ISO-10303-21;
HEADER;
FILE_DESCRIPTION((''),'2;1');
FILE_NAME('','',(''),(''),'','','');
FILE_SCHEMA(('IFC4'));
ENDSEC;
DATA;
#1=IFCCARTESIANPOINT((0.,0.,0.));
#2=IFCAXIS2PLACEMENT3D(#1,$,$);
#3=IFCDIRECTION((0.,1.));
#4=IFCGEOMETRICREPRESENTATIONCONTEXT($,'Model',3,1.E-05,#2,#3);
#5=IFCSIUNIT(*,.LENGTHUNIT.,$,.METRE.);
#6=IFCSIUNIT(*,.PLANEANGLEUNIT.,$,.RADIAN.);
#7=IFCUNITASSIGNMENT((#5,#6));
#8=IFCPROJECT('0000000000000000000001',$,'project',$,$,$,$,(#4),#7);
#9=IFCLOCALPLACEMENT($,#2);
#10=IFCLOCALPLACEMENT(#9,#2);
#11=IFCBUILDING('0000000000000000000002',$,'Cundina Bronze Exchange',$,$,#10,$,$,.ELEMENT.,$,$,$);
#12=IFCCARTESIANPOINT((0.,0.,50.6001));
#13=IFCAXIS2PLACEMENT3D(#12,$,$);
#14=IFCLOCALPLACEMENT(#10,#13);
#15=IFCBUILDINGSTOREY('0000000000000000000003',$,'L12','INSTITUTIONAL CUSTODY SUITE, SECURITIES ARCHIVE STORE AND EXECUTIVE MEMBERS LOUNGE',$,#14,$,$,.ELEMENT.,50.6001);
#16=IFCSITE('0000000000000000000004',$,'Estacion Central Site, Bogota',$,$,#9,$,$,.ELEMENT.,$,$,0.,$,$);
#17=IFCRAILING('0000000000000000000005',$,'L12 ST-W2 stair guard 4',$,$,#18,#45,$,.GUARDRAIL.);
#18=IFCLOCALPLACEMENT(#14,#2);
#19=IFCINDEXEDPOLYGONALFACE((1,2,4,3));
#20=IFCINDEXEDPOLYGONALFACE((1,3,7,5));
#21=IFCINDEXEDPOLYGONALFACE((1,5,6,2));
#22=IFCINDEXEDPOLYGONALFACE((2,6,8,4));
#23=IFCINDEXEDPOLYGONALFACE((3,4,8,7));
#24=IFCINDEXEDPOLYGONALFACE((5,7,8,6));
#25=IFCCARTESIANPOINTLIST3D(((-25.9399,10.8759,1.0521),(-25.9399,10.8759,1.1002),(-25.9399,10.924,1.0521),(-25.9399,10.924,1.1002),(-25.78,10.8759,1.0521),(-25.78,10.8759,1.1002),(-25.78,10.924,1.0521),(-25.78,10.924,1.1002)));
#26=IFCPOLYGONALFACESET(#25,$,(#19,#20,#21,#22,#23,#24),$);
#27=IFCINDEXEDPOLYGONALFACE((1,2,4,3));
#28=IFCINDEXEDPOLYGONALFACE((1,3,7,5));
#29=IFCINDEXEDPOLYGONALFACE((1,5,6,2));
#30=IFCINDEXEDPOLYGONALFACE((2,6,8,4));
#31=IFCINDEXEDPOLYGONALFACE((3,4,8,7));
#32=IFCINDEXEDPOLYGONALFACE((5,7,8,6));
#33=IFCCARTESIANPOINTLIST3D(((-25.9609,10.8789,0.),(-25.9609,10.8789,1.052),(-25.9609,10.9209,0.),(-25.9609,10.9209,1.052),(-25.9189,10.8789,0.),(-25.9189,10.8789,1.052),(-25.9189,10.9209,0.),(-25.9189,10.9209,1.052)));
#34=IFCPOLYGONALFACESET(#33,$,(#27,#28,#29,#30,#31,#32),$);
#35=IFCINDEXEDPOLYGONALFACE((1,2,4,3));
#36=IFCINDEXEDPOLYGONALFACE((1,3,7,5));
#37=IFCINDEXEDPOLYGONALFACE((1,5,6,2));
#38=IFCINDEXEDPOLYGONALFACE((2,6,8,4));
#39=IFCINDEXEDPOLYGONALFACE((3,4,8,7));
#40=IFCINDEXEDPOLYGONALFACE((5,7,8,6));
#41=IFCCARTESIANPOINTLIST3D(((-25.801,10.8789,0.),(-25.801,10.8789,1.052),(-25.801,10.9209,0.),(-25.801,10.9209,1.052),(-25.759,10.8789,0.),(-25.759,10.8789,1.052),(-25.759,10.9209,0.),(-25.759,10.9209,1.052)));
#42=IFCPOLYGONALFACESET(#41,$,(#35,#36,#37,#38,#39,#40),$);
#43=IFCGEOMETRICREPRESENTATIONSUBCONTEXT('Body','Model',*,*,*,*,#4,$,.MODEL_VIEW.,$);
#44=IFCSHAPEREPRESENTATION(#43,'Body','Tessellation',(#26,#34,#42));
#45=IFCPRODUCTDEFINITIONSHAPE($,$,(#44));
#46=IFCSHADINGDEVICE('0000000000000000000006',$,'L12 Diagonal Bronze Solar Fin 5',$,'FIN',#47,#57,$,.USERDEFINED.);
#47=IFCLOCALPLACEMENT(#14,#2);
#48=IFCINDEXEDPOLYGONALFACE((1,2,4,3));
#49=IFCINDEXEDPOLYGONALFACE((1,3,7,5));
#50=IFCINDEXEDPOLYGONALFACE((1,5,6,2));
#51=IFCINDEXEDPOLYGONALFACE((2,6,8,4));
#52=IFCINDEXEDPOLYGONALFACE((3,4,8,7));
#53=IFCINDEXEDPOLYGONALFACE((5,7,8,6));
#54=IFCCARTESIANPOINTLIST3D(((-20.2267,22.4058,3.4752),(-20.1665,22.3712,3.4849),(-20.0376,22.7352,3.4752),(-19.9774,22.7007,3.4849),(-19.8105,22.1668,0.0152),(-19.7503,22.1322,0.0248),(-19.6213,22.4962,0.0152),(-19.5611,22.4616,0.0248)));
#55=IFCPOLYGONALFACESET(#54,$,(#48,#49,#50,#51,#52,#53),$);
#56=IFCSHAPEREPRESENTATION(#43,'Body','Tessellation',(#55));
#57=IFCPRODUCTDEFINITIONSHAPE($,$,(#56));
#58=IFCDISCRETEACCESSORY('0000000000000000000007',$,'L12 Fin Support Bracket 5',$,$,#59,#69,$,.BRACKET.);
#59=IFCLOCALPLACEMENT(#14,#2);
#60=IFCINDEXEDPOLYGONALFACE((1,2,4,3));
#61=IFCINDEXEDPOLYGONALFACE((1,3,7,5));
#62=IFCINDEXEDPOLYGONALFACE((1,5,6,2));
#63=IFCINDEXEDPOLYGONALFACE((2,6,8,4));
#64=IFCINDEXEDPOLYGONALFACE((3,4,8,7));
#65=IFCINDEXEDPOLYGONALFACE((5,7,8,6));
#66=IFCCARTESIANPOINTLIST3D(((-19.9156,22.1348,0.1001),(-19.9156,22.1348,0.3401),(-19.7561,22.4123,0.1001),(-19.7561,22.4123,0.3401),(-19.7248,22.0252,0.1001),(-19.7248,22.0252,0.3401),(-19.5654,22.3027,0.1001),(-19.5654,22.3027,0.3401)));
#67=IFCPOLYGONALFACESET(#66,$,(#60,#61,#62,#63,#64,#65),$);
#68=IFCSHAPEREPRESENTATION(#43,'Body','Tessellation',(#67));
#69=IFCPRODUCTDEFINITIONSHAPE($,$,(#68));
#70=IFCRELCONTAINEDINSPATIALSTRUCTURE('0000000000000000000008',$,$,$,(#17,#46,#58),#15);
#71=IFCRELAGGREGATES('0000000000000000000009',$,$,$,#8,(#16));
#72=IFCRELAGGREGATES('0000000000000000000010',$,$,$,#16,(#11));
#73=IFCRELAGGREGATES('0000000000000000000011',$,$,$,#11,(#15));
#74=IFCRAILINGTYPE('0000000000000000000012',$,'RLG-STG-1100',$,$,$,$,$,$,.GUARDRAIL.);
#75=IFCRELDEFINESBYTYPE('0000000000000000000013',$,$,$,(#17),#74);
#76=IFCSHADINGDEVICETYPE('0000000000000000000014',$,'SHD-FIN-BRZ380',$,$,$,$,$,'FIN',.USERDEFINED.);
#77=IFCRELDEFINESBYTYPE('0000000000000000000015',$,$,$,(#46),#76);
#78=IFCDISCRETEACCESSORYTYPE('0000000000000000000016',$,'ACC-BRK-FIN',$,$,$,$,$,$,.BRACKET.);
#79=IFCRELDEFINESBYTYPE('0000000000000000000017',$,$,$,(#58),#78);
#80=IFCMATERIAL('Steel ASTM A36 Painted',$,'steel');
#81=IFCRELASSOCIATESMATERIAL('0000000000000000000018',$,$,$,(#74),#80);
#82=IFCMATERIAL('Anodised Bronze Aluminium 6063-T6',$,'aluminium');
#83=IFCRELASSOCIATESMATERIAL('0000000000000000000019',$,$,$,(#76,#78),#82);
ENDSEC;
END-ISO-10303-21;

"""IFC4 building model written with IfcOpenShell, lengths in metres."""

from ifc_helpers import new_model, si_unit, direction, frame, origin, origin_2d, place, context, subcontext, project, spatial, rectangle, extrude, material, material_profile, profile_set, type_object, element, save


model = new_model("IFC4")

# Units and contexts
model_context = context("Model", 3, precision=1e-05, world=origin(), true_north=direction((0.0, 1.0)))
body_context = subcontext(model_context, "Body", "Model", "MODEL_VIEW")
ifc_project = project(units=[si_unit("LENGTHUNIT", "METRE"), si_unit("PLANEANGLEUNIT", "RADIAN")], contexts=[model_context])

# Site, building, storey
site_placement = place(None, origin())
site = spatial("IfcSite", under=ifc_project, at=site_placement, Name="Estacion Central Site, Bogota", CompositionType="ELEMENT", RefElevation=0.0)
building_placement = place(site_placement, origin())
building = spatial("IfcBuilding", under=site, at=building_placement, Name="Cundina Bronze Exchange", CompositionType="ELEMENT")
storey_placement = place(building_placement, frame((0.0, 0.0, 50.6001)))
storey = spatial("IfcBuildingStorey", under=building, at=storey_placement, Name="L12", Description="INSTITUTIONAL CUSTODY SUITE, SECURITIES ARCHIVE STORE AND EXECUTIVE MEMBERS LOUNGE", CompositionType="ELEMENT", Elevation=50.6001)

# Shared definitions
ifc_material_1 = material(Name="Anodised Bronze Aluminium 6063-T6", Category="aluminium")

# Shared definitions
ifc_material_2 = material(Name="Steel ASTM A36 Painted", Category="steel")

# Railing
railing_type = type_object("IfcRailingType", Name="RLG-STG-1100", PredefinedType="GUARDRAIL", material=ifc_material_2)
railing_1_placement = place(storey_placement, frame((-25.9399, 10.8999, 0.0)))
element("IfcRailing", 1, at=railing_1_placement, inside=storey, type_object=railing_type, Name="L12 ST-W2 stair guard 4", PredefinedType="GUARDRAIL", context=body_context, shape_type="SweptSolid", body=[
    extrude(rectangle(XDim=0.0481, YDim=0.0481, at=origin_2d()), frame((0.0, 0.0, 1.0762), z_axis=(1.0, 0.0, 0.0), x_axis=(0.0, 1.0, 0.0)), (0.0, 0.0, 1.0), 0.1599),
    extrude(rectangle(XDim=0.042, YDim=0.042, at=origin_2d()), origin(), (0.0, 0.0, 1.0), 1.052),
    extrude(rectangle(XDim=0.042, YDim=0.042, at=origin_2d()), frame((0.1599, 0.0, 0.0)), (0.0, 0.0, 1.0), 1.052),
])

# Shading device
ifc_material_profile_1 = material_profile(ifc_material_1, rectangle(XDim=0.0701, YDim=0.3799, at=origin_2d()), Name="FIN70X380", Category="aluminium")
ifc_profile_set_1 = profile_set([ifc_material_profile_1], Name="Anodised Bronze Aluminium 6063-T6")
shading_device_type = type_object("IfcShadingDeviceType", Name="SHD-FIN-BRZ380", ElementType="FIN", PredefinedType="USERDEFINED", material=ifc_profile_set_1)
shading_device_placement = place(storey_placement, frame((-19.6858, 22.3142, 0.02), z_axis=(-0.119166, 0.068425, 0.990514), x_axis=(0.858982, -0.493222, 0.137414)))
element("IfcShadingDevice", 2, at=shading_device_placement, inside=storey, type_object=shading_device_type, Name="L12 Diagonal Bronze Solar Fin 5", ObjectType="FIN", PredefinedType="USERDEFINED", context=body_context, shape_type="SweptSolid", body=[
    extrude(rectangle(XDim=0.0701, YDim=0.3799, at=origin_2d()), origin(), (0.0, 0.0, 1.0), 3.4932),
])

# Discrete accessory
discrete_accessory_type = type_object("IfcDiscreteAccessoryType", Name="ACC-BRK-FIN", PredefinedType="BRACKET", material=ifc_material_1)
discrete_accessory_placement = place(storey_placement, frame((-19.7405, 22.2188, 0.1001), z_axis=(0.0, 0.0, 1.0), x_axis=(-0.867105, 0.498125, 0.0)))
element("IfcDiscreteAccessory", 3, at=discrete_accessory_placement, inside=storey, type_object=discrete_accessory_type, Name="L12 Fin Support Bracket 5", PredefinedType="BRACKET", context=body_context, shape_type="SweptSolid", body=[
    extrude(rectangle(XDim=0.22, YDim=0.3201, at=origin_2d()), origin(), (0.0, 0.0, 1.0), 0.24),
])

save(model, "model.ifc")
